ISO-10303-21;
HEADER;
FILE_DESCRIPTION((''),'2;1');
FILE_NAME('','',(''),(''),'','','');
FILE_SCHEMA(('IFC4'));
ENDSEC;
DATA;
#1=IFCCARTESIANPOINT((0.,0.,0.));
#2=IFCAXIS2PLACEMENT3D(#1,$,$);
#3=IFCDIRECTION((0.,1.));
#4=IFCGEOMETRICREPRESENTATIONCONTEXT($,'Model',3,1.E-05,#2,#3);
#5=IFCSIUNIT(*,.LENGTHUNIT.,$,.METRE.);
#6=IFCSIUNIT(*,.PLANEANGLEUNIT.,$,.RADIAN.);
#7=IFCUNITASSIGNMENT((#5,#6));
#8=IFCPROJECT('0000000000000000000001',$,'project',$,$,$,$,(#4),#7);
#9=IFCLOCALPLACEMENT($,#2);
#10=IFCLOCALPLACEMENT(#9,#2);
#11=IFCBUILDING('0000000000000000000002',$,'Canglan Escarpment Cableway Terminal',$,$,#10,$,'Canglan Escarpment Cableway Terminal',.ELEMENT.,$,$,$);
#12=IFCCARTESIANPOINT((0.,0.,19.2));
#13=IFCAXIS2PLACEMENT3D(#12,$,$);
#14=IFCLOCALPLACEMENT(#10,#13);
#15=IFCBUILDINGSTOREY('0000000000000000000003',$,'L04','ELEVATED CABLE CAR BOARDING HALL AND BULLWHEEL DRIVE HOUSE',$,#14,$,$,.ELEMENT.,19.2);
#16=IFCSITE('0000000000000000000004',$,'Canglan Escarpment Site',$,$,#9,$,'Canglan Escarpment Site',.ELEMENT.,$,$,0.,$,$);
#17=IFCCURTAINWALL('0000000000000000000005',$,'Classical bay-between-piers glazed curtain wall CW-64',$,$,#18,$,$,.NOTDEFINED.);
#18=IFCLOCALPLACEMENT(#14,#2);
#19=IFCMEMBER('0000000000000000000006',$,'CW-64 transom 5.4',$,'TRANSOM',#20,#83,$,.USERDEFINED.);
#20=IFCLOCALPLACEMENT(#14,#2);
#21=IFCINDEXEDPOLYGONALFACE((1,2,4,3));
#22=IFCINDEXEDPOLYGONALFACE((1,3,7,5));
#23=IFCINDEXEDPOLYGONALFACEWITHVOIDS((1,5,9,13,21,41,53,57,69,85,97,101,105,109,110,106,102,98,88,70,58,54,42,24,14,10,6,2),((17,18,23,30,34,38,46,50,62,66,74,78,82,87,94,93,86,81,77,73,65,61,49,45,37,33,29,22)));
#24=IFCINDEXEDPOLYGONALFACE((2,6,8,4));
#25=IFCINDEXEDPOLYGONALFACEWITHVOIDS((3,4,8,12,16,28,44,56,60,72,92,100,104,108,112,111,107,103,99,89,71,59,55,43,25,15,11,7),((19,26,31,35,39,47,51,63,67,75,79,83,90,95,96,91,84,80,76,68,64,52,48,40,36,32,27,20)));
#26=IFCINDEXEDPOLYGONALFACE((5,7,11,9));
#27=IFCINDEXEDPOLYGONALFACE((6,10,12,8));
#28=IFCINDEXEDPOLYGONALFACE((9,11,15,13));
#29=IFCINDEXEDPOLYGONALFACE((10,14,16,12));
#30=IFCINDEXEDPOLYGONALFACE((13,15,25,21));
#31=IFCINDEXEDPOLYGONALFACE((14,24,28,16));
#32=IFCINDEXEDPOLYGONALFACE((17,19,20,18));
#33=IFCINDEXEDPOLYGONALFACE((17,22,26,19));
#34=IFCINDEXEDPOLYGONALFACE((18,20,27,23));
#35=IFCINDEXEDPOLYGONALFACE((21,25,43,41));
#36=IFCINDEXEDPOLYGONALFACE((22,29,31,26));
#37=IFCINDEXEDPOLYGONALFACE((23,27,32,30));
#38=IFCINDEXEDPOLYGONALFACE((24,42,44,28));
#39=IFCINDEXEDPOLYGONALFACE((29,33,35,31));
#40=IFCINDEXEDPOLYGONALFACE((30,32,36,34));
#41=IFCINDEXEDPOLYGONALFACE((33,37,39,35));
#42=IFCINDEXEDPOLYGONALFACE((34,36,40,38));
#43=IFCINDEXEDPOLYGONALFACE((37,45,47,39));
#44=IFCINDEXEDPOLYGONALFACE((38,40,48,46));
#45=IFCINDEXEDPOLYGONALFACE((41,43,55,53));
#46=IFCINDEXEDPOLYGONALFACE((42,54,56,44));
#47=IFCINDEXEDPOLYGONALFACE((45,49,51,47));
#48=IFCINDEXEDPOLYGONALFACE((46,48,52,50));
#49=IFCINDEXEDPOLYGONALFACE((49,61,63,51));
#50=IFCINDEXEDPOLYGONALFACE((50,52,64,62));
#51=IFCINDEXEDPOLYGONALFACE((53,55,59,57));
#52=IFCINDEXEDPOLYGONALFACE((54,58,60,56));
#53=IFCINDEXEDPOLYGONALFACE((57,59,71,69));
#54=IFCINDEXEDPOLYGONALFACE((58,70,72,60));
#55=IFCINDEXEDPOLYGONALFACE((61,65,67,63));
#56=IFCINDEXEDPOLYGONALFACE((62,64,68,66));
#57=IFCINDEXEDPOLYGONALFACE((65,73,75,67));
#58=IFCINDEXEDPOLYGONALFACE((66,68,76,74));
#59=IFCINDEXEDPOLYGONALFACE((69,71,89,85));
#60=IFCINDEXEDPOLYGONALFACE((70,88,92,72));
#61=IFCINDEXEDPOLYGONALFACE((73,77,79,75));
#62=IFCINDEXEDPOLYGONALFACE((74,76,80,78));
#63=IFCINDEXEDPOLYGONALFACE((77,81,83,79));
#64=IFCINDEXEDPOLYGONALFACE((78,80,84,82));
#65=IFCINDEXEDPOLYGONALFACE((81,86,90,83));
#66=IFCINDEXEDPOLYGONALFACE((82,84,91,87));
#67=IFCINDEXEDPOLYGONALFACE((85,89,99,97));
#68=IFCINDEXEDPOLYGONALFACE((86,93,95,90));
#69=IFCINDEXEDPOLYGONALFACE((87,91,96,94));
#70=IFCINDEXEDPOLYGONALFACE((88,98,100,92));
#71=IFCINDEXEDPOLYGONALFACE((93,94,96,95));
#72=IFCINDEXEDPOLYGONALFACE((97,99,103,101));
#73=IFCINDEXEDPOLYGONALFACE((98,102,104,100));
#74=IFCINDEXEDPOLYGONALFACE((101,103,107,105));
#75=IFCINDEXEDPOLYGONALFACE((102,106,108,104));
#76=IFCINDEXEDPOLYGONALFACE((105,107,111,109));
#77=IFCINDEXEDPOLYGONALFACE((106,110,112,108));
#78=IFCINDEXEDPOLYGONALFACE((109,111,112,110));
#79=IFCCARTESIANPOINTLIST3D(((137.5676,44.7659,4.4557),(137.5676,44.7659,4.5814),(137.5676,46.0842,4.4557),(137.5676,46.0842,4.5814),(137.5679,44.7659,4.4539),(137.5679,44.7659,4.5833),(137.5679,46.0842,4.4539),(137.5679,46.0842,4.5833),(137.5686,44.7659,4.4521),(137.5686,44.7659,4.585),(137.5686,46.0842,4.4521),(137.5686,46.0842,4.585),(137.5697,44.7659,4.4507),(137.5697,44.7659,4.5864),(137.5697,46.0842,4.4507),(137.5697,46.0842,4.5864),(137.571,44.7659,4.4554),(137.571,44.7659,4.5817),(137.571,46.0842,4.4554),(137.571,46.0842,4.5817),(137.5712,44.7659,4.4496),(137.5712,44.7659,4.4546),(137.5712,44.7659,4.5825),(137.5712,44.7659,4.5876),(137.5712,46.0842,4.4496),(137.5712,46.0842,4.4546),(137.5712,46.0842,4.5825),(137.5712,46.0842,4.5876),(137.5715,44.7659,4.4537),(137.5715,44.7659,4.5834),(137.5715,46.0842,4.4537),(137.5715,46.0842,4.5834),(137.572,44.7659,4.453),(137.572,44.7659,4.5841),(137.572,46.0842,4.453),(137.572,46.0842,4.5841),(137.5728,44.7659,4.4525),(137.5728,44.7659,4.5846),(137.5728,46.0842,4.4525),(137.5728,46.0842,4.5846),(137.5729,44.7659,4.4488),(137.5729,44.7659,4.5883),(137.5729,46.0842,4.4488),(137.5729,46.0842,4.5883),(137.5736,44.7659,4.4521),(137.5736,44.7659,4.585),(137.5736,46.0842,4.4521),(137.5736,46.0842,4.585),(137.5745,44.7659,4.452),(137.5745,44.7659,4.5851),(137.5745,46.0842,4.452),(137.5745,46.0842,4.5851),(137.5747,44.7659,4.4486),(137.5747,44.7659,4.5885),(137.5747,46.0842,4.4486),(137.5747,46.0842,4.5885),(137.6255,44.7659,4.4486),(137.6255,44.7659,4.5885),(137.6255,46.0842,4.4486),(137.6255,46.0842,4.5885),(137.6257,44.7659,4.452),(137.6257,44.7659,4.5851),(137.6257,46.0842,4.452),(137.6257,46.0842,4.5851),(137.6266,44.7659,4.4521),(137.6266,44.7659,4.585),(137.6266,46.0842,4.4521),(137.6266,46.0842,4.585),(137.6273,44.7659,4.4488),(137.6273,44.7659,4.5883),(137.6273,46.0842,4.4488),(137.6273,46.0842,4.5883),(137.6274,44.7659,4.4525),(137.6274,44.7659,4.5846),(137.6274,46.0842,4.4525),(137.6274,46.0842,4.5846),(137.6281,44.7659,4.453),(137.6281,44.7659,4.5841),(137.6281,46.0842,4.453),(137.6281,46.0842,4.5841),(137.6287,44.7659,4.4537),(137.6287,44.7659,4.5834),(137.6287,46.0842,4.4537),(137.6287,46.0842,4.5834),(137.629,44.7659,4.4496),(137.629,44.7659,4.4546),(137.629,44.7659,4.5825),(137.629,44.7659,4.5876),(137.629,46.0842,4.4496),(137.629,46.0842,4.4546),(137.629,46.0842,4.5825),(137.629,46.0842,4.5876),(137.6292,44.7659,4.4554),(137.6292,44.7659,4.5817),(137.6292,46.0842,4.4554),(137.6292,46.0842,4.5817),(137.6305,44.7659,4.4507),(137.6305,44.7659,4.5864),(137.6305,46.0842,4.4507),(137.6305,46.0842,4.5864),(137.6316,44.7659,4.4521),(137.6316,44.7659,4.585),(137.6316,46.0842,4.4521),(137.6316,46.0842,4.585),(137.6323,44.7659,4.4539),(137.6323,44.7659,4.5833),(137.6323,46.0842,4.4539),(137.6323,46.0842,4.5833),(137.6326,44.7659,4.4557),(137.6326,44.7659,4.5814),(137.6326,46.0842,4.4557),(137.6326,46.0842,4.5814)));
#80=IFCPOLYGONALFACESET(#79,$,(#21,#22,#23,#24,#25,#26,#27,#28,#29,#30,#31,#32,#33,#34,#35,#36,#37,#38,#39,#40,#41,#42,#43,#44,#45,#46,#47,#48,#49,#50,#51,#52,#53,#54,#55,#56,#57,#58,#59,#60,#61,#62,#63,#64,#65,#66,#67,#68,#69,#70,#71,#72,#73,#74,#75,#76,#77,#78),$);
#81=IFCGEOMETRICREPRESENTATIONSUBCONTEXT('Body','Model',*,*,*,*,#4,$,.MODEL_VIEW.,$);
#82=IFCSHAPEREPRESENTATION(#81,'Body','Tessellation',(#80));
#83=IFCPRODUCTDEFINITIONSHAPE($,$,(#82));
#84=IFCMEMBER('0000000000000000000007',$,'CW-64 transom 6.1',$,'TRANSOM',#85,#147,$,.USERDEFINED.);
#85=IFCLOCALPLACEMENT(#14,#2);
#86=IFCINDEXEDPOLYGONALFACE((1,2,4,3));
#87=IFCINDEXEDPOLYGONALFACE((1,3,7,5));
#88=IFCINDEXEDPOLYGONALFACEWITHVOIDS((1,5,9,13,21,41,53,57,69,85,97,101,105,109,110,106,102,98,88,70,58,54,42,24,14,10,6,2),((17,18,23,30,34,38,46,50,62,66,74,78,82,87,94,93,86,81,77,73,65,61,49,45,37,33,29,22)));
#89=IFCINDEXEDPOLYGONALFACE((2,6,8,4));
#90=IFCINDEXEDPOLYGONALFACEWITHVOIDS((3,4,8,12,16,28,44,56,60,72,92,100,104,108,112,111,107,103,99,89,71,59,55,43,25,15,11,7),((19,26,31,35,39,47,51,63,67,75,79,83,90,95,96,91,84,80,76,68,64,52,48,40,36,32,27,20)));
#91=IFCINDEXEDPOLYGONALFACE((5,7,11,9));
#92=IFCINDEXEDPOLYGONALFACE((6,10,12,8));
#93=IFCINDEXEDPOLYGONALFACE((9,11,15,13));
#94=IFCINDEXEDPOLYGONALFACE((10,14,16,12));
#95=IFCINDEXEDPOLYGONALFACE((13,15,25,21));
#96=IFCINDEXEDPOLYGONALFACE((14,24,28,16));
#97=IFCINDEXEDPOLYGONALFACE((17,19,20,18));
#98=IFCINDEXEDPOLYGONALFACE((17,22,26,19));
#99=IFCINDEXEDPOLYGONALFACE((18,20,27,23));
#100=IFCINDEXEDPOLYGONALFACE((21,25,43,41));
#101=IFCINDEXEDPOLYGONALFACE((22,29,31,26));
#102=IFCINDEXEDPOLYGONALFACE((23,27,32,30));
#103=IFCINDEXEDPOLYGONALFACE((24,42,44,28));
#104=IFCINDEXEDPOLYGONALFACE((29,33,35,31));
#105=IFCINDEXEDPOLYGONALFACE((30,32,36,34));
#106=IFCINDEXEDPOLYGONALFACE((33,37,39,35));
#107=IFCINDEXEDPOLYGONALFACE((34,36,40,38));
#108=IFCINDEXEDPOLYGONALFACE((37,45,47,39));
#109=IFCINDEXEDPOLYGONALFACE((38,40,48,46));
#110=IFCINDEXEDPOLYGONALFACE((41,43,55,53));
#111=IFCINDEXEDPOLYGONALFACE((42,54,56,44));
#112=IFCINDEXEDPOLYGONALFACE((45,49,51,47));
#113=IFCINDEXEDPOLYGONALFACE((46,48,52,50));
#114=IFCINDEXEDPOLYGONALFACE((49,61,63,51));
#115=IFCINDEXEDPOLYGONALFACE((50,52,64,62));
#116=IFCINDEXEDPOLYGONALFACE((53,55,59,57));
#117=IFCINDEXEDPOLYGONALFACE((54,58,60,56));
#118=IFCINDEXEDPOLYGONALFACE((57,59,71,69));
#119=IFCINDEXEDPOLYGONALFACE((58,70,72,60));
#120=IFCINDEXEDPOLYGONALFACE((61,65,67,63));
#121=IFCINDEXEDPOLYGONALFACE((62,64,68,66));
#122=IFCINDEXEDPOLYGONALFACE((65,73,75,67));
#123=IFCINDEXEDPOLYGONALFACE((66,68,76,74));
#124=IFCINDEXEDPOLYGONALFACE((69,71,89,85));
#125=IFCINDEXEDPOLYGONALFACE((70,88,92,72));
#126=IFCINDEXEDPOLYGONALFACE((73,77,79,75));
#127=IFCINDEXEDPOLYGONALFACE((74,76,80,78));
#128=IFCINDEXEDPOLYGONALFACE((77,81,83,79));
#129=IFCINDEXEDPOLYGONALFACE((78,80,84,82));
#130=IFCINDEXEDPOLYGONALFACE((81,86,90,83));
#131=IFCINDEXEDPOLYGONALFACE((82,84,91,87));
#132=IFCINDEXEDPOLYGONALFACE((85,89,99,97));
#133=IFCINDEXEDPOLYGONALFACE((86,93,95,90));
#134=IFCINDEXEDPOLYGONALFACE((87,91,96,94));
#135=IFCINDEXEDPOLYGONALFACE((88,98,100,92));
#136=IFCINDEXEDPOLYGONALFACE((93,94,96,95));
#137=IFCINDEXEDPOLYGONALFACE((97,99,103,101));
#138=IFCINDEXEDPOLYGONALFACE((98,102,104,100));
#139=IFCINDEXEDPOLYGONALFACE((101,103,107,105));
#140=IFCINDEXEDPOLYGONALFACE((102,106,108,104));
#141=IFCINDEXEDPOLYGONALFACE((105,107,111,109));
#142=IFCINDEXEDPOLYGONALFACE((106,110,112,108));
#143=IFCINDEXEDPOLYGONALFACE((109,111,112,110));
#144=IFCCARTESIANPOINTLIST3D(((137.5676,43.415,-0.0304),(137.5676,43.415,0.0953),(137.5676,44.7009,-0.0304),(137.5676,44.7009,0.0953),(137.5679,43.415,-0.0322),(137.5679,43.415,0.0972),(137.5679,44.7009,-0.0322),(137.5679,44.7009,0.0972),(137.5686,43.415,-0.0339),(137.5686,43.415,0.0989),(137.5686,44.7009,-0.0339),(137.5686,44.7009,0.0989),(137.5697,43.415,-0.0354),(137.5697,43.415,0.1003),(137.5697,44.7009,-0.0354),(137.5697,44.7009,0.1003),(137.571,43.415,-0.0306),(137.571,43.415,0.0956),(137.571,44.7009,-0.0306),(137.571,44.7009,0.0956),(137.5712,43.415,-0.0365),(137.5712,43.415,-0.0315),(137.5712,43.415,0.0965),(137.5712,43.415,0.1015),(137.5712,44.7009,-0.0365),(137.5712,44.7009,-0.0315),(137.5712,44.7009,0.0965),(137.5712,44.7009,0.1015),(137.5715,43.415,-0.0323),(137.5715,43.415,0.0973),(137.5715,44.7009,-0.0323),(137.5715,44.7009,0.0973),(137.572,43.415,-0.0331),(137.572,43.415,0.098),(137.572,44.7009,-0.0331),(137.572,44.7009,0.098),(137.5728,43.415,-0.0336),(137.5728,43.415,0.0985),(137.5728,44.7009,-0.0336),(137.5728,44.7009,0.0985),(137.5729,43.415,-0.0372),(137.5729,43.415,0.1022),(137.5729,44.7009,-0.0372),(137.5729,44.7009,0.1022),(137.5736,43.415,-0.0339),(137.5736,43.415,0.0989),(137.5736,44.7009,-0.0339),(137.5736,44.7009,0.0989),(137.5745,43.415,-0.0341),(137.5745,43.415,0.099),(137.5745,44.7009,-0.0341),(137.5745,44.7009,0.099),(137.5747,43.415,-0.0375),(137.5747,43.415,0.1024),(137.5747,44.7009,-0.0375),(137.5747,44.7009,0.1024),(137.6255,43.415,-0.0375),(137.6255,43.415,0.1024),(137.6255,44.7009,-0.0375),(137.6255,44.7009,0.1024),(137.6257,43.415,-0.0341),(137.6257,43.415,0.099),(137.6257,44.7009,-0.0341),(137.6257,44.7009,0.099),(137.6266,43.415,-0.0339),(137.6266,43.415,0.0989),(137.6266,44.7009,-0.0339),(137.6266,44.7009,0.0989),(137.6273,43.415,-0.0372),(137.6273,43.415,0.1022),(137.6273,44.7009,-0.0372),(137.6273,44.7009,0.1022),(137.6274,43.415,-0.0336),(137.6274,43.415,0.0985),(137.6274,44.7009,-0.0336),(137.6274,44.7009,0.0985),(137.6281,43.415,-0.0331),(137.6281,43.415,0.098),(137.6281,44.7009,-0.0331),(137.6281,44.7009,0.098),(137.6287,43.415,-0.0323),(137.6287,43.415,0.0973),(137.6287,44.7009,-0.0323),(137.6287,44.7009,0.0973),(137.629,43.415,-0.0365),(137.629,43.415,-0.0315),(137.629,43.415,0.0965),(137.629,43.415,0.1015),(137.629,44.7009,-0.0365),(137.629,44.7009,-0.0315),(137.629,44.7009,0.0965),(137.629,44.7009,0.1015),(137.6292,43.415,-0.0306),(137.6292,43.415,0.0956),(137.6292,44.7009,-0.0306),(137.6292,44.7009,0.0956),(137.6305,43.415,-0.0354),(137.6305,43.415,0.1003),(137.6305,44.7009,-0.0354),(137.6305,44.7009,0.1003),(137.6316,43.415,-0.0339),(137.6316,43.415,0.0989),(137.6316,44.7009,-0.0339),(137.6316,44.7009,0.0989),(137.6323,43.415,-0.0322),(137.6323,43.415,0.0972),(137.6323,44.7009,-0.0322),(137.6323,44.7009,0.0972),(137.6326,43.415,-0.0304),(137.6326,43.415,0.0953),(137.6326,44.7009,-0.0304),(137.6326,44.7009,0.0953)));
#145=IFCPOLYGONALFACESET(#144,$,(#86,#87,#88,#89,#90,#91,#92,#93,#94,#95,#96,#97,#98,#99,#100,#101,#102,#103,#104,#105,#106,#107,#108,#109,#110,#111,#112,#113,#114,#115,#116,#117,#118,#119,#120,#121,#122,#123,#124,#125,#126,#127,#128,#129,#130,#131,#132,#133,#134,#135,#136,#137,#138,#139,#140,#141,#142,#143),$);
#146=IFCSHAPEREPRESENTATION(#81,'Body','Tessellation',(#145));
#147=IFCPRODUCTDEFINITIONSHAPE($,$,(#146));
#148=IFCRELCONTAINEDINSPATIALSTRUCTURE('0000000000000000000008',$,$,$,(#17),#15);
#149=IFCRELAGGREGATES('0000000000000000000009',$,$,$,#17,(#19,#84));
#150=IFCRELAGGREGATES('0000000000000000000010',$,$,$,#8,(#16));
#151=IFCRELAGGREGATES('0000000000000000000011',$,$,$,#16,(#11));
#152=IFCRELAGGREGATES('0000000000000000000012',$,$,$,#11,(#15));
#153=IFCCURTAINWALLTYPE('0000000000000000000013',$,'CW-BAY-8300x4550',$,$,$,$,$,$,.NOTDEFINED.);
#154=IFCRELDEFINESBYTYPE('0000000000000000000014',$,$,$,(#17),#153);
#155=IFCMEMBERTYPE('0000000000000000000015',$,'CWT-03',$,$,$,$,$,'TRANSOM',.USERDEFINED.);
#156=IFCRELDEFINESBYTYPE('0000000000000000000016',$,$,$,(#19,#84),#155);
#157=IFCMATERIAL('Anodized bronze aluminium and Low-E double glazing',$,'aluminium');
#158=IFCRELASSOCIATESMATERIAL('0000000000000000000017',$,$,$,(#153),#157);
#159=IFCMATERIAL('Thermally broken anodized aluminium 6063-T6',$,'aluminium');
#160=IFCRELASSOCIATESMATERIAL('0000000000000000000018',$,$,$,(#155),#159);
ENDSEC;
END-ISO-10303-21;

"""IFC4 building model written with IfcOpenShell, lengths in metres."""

from ifc_helpers import new_model, si_unit, direction, frame, origin, origin_2d, place, context, subcontext, project, spatial, hollow_rectangle, extrude, material, material_profile, profile_set, type_object, element, aggregate, save


model = new_model("IFC4")

# Units and contexts
model_context = context("Model", 3, precision=1e-05, world=origin(), true_north=direction((0.0, 1.0)))
body_context = subcontext(model_context, "Body", "Model", "MODEL_VIEW")
ifc_project = project(units=[si_unit("LENGTHUNIT", "METRE"), si_unit("PLANEANGLEUNIT", "RADIAN")], contexts=[model_context])

# Site, building, storey
site_placement = place(None, origin())
site = spatial("IfcSite", under=ifc_project, at=site_placement, Name="Canglan Escarpment Site", LongName="Canglan Escarpment Site", CompositionType="ELEMENT", RefElevation=0.0)
building_placement = place(site_placement, origin())
building = spatial("IfcBuilding", under=site, at=building_placement, Name="Canglan Escarpment Cableway Terminal", LongName="Canglan Escarpment Cableway Terminal", CompositionType="ELEMENT")
storey_placement = place(building_placement, frame((0.0, 0.0, 19.2)))
storey = spatial("IfcBuildingStorey", under=building, at=storey_placement, Name="L04", Description="ELEVATED CABLE CAR BOARDING HALL AND BULLWHEEL DRIVE HOUSE", CompositionType="ELEMENT", Elevation=19.2)

# Curtain wall, members
ifc_material_1 = material(Name="Anodized bronze aluminium and Low-E double glazing", Category="aluminium")
curtain_wall_type = type_object("IfcCurtainWallType", Name="CW-BAY-8300x4550", PredefinedType="NOTDEFINED", material=ifc_material_1)
curtain_wall_placement = place(storey_placement, origin())
curtain_wall = element("IfcCurtainWall", 1, at=curtain_wall_placement, inside=storey, type_object=curtain_wall_type, Name="Classical bay-between-piers glazed curtain wall CW-64", PredefinedType="NOTDEFINED")
ifc_material_2 = material(Name="Thermally broken anodized aluminium 6063-T6", Category="aluminium")
ifc_material_profile_1 = material_profile(ifc_material_2, hollow_rectangle(XDim=0.0649, YDim=0.1399, WallThickness=0.0034, InnerFilletRadius=0.0034, OuterFilletRadius=0.0071, at=origin_2d()), Name="ALU-TRAN 65x140x3.5")
ifc_profile_set_1 = profile_set([ifc_material_profile_1], Name="Thermally broken anodized aluminium 6063-T6")
member_type_1 = type_object("IfcMemberType", Name="CWT-03", ElementType="TRANSOM", PredefinedType="USERDEFINED", material=ifc_profile_set_1)
member_1_placement = place(storey_placement, frame((137.6001, 46.0842, 4.5186), z_axis=(0.0, -1.0, 0.0), x_axis=(1.0, 0.0, 0.0)))
member_1 = element("IfcMember", 2, at=member_1_placement, type_object=member_type_1, Name="CW-64 transom 5.4", ObjectType="TRANSOM", PredefinedType="USERDEFINED", context=body_context, shape_type="SweptSolid", body=[
    extrude(hollow_rectangle(XDim=0.0649, YDim=0.1399, WallThickness=0.0034, InnerFilletRadius=0.0034, OuterFilletRadius=0.0071, at=origin_2d()), origin(), (0.0, 0.0, 1.0), 1.3184),
])
member_2_placement = place(storey_placement, frame((137.6001, 44.7009, 0.0325), z_axis=(0.0, -1.0, 0.0), x_axis=(1.0, 0.0, 0.0)))
member_2 = element("IfcMember", 3, at=member_2_placement, type_object=member_type_1, Name="CW-64 transom 6.1", ObjectType="TRANSOM", PredefinedType="USERDEFINED", context=body_context, shape_type="SweptSolid", body=[
    extrude(hollow_rectangle(XDim=0.0649, YDim=0.1399, WallThickness=0.0034, InnerFilletRadius=0.0034, OuterFilletRadius=0.0071, at=origin_2d()), origin(), (0.0, 0.0, 1.0), 1.2859),
])
aggregate(curtain_wall, [member_1, member_2])

save(model, "model.ifc")
